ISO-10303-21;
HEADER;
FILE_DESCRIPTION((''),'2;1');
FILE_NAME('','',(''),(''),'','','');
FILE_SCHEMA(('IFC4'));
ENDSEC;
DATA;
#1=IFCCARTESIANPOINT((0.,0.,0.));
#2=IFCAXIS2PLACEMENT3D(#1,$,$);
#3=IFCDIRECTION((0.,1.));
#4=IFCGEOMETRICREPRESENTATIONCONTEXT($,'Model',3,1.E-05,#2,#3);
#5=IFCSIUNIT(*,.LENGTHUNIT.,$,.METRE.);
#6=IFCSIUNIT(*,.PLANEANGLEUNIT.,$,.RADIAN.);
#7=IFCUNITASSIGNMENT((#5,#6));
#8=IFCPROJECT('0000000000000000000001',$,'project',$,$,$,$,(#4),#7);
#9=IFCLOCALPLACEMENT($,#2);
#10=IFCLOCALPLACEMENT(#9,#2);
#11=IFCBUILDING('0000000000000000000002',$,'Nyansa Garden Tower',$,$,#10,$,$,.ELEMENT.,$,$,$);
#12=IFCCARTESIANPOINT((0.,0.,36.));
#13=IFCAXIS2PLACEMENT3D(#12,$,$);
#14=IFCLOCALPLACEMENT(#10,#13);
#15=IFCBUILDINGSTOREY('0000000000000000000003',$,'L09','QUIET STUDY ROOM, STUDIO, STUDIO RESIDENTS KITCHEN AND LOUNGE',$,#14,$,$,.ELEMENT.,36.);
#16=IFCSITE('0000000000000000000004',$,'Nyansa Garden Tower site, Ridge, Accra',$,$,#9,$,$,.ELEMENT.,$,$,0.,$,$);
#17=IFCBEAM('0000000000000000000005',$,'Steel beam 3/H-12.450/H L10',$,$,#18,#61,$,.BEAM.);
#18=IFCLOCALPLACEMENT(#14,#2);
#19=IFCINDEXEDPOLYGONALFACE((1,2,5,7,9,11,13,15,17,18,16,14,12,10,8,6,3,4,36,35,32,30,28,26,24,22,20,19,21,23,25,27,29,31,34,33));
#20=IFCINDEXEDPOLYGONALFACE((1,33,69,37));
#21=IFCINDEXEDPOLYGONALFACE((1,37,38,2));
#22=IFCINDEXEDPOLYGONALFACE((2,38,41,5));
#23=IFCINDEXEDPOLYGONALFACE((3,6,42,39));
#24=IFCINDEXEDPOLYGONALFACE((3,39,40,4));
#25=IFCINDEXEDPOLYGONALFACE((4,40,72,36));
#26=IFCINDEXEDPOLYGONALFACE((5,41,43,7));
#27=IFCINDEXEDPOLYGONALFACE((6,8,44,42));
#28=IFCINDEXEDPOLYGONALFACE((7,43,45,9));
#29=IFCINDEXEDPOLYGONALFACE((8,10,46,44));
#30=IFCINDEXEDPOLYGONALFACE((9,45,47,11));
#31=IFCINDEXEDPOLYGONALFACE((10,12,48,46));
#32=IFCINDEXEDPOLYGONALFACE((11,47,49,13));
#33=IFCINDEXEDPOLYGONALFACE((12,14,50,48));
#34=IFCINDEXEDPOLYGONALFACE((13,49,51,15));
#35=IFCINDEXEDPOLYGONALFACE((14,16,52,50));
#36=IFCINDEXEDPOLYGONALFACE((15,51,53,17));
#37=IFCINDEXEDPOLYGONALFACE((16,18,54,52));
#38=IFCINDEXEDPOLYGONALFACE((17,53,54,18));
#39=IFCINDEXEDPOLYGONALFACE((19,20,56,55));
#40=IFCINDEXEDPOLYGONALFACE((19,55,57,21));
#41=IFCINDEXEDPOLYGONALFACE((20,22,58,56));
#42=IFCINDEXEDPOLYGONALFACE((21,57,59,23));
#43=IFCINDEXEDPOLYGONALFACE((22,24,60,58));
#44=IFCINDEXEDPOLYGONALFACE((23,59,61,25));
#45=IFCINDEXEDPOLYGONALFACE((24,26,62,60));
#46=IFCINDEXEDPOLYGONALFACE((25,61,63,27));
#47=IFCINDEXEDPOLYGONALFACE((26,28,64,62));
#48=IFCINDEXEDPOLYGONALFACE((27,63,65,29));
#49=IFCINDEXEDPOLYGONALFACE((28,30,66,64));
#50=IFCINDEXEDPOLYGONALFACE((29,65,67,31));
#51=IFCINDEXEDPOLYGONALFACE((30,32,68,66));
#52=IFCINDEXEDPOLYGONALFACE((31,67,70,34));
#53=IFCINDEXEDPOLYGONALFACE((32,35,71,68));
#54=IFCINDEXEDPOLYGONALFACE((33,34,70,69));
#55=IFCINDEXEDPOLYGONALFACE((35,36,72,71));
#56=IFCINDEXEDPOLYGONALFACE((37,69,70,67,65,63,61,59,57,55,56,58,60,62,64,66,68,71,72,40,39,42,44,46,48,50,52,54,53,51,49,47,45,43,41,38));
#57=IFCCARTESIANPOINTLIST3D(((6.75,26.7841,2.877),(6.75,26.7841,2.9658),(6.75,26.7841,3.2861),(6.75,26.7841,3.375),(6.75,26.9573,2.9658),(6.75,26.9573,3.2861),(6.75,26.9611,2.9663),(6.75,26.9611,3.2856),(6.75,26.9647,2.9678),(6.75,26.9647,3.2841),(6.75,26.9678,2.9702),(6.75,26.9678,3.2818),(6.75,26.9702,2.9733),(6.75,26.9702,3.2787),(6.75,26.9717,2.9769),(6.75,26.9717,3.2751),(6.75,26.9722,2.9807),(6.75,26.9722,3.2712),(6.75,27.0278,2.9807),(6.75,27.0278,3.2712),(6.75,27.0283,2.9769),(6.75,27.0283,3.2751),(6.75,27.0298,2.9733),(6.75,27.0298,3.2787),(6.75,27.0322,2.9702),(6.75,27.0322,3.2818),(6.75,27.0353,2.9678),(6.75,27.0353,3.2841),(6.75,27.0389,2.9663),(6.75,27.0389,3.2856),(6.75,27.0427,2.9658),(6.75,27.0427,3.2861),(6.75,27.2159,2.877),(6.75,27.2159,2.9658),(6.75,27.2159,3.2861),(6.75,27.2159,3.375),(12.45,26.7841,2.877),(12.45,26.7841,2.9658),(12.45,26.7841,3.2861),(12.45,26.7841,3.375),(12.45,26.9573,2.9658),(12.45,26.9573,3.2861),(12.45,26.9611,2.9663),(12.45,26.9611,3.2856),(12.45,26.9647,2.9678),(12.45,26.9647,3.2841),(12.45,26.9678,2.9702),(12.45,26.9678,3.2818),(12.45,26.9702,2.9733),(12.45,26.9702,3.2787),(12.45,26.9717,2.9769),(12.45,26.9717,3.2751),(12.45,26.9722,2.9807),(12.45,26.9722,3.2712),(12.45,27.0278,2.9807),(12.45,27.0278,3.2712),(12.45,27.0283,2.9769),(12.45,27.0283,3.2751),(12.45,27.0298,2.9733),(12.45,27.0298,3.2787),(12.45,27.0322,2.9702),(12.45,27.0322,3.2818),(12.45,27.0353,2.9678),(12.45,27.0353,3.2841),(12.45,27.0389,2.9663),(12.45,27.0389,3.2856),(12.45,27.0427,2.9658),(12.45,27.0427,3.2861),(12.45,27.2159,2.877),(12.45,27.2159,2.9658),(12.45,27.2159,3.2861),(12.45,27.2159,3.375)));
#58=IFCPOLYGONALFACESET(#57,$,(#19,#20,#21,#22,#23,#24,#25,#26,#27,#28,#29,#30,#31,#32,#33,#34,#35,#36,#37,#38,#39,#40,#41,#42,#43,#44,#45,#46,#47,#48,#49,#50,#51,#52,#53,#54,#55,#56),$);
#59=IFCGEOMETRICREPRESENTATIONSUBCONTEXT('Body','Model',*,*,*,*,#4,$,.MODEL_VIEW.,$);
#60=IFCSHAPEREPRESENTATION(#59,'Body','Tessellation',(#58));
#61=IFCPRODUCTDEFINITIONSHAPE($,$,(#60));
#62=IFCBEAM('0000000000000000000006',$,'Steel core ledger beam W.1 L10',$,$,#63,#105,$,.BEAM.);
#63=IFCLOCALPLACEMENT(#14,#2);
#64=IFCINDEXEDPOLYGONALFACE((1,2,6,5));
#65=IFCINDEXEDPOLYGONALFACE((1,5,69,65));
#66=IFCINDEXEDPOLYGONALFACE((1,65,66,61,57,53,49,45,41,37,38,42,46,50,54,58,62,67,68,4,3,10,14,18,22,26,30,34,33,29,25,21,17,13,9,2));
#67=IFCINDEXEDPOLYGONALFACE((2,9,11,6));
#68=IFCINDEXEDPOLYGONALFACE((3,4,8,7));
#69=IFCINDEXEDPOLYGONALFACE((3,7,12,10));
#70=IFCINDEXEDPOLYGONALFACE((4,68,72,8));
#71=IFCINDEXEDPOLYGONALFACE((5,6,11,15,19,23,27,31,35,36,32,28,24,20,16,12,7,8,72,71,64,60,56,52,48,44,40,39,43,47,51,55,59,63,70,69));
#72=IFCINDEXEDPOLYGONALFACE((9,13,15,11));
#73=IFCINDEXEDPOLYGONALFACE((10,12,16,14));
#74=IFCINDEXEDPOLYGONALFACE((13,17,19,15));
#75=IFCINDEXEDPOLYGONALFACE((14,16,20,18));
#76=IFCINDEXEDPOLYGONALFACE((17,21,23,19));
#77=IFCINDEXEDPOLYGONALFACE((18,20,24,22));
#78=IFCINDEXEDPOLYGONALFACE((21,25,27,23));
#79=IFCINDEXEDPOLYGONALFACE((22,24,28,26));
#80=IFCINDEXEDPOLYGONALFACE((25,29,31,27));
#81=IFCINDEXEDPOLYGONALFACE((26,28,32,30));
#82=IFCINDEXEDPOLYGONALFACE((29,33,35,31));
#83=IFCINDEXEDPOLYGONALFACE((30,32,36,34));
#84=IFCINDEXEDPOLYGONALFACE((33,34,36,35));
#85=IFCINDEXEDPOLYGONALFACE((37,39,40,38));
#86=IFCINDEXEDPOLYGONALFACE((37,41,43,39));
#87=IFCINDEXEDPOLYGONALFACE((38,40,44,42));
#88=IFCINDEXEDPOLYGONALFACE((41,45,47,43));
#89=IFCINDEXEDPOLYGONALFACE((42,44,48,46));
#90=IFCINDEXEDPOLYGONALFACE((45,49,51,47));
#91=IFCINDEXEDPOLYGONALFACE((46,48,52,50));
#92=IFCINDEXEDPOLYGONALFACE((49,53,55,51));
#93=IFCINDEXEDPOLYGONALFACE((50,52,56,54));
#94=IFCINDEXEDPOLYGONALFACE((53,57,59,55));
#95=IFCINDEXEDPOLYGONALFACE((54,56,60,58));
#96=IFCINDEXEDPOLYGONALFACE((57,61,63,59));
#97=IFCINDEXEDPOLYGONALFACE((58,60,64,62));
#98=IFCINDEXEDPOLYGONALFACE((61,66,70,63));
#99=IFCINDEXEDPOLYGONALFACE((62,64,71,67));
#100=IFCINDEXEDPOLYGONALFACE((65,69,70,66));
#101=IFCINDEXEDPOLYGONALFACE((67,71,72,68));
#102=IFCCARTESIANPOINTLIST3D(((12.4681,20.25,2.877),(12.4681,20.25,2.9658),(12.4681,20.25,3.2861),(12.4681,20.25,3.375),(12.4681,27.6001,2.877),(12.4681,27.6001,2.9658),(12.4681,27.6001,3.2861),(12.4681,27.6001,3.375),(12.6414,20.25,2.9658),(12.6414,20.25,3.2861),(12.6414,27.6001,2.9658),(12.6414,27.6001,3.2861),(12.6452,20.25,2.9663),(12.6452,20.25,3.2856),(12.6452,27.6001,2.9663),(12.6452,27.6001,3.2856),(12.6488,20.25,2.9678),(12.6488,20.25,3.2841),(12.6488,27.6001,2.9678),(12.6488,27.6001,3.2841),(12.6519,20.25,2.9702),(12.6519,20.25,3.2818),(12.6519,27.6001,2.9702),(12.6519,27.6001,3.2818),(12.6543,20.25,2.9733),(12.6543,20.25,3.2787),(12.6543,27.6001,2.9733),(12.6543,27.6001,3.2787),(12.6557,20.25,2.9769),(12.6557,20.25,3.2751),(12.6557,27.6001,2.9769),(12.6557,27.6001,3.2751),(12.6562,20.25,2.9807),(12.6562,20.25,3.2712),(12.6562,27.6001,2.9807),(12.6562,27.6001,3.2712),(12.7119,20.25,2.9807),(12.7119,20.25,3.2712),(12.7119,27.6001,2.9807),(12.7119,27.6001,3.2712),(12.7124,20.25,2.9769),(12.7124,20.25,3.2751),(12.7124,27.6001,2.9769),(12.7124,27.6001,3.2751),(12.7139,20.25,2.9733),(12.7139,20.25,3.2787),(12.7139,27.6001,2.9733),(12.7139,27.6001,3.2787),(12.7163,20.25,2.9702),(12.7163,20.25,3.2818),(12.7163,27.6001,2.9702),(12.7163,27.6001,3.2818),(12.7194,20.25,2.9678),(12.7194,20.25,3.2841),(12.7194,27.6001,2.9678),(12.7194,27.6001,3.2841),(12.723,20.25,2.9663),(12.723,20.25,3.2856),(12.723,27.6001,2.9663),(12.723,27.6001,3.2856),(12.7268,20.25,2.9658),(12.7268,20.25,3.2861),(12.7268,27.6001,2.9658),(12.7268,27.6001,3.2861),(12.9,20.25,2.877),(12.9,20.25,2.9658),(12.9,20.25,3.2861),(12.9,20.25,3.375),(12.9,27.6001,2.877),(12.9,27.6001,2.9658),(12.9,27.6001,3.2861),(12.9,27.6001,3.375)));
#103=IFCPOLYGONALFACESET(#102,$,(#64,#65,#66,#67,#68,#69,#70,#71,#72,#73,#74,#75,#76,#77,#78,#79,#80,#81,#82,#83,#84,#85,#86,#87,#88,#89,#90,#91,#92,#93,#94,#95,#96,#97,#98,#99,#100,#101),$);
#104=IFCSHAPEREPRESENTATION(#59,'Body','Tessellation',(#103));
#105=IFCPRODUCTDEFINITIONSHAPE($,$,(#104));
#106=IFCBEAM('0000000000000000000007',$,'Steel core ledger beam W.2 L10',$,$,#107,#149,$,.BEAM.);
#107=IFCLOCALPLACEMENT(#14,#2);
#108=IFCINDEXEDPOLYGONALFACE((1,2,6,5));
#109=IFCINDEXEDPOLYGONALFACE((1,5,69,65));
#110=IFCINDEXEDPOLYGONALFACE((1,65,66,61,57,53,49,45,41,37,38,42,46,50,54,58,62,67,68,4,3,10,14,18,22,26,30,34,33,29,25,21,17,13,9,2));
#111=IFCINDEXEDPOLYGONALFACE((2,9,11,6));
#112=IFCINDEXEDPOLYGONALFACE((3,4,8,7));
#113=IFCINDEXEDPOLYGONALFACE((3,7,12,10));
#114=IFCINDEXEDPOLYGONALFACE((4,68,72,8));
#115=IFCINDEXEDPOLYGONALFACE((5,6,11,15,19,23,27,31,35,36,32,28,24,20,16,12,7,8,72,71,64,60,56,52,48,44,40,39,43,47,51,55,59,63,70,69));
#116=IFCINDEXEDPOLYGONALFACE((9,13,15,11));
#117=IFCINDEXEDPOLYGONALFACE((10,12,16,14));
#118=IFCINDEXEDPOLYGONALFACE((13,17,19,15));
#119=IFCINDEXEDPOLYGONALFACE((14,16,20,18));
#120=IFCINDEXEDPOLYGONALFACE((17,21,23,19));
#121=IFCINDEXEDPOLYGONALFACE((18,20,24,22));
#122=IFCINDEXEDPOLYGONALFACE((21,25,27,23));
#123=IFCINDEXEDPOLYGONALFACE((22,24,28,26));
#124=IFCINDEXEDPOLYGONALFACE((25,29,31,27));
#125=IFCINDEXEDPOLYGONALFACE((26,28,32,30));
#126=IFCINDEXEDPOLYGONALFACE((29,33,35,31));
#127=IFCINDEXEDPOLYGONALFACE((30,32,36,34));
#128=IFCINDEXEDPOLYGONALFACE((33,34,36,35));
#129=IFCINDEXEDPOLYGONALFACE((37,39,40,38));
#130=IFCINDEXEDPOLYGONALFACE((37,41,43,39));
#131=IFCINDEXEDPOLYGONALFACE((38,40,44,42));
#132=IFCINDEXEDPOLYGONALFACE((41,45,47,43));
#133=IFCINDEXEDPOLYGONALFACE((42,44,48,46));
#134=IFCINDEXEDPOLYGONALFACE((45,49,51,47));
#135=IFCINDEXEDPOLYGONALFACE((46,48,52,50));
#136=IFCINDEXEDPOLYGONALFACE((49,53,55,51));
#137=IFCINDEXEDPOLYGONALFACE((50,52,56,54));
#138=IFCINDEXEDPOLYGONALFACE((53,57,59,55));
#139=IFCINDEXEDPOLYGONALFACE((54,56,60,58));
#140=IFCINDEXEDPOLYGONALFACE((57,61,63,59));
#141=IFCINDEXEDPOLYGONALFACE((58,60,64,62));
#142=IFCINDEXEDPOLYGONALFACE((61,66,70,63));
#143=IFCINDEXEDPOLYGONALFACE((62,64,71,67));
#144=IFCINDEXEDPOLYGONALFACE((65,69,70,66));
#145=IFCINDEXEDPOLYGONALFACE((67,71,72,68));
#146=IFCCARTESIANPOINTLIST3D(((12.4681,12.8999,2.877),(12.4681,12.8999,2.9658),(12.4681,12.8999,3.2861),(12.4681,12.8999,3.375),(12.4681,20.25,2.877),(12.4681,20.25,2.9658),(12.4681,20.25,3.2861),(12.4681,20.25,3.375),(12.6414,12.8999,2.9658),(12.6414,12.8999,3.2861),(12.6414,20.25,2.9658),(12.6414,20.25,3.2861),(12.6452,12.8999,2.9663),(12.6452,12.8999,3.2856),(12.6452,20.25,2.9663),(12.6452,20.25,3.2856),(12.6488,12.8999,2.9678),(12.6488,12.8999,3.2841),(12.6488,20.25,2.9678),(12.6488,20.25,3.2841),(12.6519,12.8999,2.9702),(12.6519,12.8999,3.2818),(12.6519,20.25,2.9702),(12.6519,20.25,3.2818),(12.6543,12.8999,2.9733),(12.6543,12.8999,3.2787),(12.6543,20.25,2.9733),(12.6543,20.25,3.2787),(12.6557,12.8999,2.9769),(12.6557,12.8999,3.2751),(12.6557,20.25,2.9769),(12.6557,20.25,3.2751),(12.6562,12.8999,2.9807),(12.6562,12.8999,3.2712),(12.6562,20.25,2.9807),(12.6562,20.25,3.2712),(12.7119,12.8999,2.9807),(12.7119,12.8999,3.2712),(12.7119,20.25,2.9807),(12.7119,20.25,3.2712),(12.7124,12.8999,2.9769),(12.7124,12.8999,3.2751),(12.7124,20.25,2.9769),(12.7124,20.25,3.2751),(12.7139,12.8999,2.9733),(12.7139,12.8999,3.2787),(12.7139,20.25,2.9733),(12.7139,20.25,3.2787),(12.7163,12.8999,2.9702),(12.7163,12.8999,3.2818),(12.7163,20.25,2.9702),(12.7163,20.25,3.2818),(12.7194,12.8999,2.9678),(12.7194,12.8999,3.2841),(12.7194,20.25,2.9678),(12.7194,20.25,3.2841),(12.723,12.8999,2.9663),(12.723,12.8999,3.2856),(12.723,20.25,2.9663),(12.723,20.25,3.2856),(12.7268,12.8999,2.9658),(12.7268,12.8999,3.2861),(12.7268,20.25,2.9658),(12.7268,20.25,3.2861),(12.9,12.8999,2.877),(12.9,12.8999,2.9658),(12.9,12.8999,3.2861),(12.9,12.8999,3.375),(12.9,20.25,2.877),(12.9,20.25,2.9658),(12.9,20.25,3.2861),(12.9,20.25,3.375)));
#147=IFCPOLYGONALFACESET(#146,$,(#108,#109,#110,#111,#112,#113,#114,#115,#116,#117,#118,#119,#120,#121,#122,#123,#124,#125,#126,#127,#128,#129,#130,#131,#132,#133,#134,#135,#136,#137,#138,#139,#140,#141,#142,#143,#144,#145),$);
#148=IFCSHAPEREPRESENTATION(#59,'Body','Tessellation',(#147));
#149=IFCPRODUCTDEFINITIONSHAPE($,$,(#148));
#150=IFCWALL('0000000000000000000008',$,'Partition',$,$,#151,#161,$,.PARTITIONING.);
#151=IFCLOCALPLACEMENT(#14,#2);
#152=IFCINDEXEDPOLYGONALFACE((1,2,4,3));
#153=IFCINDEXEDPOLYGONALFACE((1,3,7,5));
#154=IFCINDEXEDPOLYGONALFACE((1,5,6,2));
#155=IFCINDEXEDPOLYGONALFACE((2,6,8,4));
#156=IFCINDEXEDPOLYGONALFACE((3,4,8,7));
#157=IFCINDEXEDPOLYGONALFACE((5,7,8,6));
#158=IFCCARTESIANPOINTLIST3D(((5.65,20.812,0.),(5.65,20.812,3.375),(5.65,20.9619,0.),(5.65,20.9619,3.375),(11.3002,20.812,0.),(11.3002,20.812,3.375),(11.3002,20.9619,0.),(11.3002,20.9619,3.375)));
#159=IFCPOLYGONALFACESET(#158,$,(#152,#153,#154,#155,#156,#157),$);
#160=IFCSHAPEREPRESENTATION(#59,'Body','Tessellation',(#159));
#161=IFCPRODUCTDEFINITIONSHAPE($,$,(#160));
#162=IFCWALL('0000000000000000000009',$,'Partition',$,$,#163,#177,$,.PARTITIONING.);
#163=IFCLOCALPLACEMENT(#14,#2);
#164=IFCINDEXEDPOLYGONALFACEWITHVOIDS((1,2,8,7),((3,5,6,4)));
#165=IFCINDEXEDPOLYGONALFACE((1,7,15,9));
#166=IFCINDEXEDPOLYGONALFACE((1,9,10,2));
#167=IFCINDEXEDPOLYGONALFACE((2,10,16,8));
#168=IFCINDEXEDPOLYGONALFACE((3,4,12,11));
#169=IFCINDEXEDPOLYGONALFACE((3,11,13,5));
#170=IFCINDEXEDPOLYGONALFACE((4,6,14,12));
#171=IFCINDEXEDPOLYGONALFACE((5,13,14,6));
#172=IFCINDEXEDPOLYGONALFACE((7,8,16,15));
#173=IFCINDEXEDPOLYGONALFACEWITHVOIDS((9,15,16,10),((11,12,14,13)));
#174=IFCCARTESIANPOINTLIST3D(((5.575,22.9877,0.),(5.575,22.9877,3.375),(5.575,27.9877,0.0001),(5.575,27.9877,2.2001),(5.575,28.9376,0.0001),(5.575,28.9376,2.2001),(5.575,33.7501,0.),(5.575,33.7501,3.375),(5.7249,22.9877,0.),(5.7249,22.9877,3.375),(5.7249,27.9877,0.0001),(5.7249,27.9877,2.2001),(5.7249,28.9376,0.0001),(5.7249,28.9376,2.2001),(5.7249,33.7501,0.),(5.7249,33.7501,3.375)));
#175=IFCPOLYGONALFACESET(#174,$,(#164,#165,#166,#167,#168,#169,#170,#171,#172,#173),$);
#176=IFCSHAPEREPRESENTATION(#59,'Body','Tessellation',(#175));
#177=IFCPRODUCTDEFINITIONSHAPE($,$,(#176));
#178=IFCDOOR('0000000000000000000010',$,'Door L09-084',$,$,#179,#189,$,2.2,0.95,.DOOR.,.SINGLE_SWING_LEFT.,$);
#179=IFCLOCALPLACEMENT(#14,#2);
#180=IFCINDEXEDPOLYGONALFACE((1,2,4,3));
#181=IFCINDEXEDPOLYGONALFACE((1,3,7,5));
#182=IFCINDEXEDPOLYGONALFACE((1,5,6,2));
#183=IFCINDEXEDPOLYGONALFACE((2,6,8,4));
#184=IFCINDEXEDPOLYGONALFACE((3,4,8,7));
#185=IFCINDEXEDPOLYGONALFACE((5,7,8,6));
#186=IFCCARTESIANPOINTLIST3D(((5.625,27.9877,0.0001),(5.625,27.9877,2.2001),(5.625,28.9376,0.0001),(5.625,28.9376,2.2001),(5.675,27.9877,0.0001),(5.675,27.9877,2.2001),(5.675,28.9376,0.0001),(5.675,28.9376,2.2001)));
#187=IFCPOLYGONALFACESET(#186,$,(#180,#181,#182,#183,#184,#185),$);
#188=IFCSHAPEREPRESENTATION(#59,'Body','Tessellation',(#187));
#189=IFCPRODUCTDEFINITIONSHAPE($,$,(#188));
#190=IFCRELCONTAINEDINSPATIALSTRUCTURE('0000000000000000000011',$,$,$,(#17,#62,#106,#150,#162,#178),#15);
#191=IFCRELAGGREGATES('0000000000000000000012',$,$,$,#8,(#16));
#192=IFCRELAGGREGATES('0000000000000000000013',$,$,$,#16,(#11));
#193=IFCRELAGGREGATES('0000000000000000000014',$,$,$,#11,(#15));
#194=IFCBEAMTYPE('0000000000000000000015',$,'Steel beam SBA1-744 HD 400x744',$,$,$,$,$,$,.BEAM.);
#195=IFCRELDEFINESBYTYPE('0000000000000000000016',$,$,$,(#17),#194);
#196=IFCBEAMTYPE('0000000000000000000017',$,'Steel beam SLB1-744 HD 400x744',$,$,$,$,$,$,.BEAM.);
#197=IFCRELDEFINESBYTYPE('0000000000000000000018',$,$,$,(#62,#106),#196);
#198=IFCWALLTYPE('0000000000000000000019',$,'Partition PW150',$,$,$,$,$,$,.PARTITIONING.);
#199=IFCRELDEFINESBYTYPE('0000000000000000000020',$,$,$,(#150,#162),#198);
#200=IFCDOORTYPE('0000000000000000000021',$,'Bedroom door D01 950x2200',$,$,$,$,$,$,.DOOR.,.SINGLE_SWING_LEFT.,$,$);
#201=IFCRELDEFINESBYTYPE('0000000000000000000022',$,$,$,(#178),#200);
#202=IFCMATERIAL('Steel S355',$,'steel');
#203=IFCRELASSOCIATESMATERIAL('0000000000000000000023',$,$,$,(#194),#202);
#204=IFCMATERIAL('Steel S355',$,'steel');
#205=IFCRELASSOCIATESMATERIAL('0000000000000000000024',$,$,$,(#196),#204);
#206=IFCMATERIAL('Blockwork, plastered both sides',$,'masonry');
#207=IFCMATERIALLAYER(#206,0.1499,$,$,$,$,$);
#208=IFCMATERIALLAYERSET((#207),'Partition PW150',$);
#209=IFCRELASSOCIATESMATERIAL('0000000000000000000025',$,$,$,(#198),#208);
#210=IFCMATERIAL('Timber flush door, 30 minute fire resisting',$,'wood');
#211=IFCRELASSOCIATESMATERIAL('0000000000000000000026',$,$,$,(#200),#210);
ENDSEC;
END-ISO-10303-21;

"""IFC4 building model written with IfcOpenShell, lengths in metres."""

from ifc_helpers import new_model, si_unit, direction, frame, frame_2d, origin, origin_2d, place, context, subcontext, project, spatial, rectangle, i_section, extrude, material, layer, layer_set, material_profile, profile_set, type_object, element, fill, save


model = new_model("IFC4")

# Units and contexts
model_context = context("Model", 3, precision=1e-05, world=origin(), true_north=direction((0.0, 1.0)))
body_context = subcontext(model_context, "Body", "Model", "MODEL_VIEW")
ifc_project = project(units=[si_unit("LENGTHUNIT", "METRE"), si_unit("PLANEANGLEUNIT", "RADIAN")], contexts=[model_context])

# Site, building, storey
site_placement = place(None, origin())
site = spatial("IfcSite", under=ifc_project, at=site_placement, Name="Nyansa Garden Tower site, Ridge, Accra", CompositionType="ELEMENT", RefElevation=0.0)
building_placement = place(site_placement, origin())
building = spatial("IfcBuilding", under=site, at=building_placement, Name="Nyansa Garden Tower", CompositionType="ELEMENT")
storey_placement = place(building_placement, frame((0.0, 0.0, 36.0)))
storey = spatial("IfcBuildingStorey", under=building, at=storey_placement, Name="L09", Description="QUIET STUDY ROOM, STUDIO, STUDIO RESIDENTS KITCHEN AND LOUNGE", CompositionType="ELEMENT", Elevation=36.0)

# Beams
ifc_material_1 = material(Name="Steel S355", Category="steel")
ifc_material_profile_1 = material_profile(ifc_material_1, i_section(OverallWidth=0.4319, OverallDepth=0.498, WebThickness=0.0557, FlangeThickness=0.0889, FilletRadius=0.0149, at=origin_2d()), Name="HD 400x744")
ifc_profile_set_1 = profile_set([ifc_material_profile_1], Name="Steel S355")
beam_type_1 = type_object("IfcBeamType", Name="Steel beam SBA1-744 HD 400x744", PredefinedType="BEAM", material=ifc_profile_set_1)
beam_1_placement = place(storey_placement, frame((6.75, 27.0, 3.126), z_axis=(1.0, 0.0, 0.0), x_axis=(0.0, 1.0, 0.0)))
element("IfcBeam", 1, at=beam_1_placement, inside=storey, type_object=beam_type_1, Name="Steel beam 3/H-12.450/H L10", PredefinedType="BEAM", context=body_context, shape_type="SweptSolid", body=[
    extrude(i_section(OverallWidth=0.4319, OverallDepth=0.498, WebThickness=0.0557, FlangeThickness=0.0889, FilletRadius=0.0149, at=origin_2d()), origin(), (0.0, 0.0, 1.0), 5.7),
])
ifc_material_2 = material(Name="Steel S355", Category="steel")
ifc_material_profile_2 = material_profile(ifc_material_2, i_section(OverallWidth=0.4319, OverallDepth=0.498, WebThickness=0.0557, FlangeThickness=0.0889, FilletRadius=0.0149, at=origin_2d()), Name="HD 400x744")
ifc_profile_set_2 = profile_set([ifc_material_profile_2], Name="Steel S355")
beam_type_2 = type_object("IfcBeamType", Name="Steel beam SLB1-744 HD 400x744", PredefinedType="BEAM", material=ifc_profile_set_2)
for number, where, z_axis, x_axis, name in (
    (2, (12.6841, 27.6001, 3.126), (0.0, -1.0, 0.0), (1.0, 0.0, 0.0), "Steel core ledger beam W.1 L10"),
    (3, (12.6841, 20.25, 3.126), (0.0, -1.0, 0.0), (1.0, 0.0, 0.0), "Steel core ledger beam W.2 L10"),
):
    element("IfcBeam", number, at=place(storey_placement, frame(where, z_axis=z_axis, x_axis=x_axis)), inside=storey, type_object=beam_type_2, Name=name, PredefinedType="BEAM", context=body_context, shape_type="SweptSolid", body=[
        extrude(i_section(OverallWidth=0.4319, OverallDepth=0.498, WebThickness=0.0557, FlangeThickness=0.0889, FilletRadius=0.0149, at=origin_2d()), origin(), (0.0, 0.0, 1.0), 7.3501),
    ])

# Wall
ifc_material_3 = material(Name="Blockwork, plastered both sides", Category="masonry")
ifc_layer_1 = layer(ifc_material_3, 0.1499)
ifc_layer_set_1 = layer_set([ifc_layer_1], Name="Partition PW150")
wall_type_1 = type_object("IfcWallType", Name="Partition PW150", PredefinedType="PARTITIONING", material=ifc_layer_set_1)
wall_1_placement = place(storey_placement, frame((5.6499, 20.887, 0.0), z_axis=(0.0, 0.0, 1.0), x_axis=(1.0, 0.0, 0.0)))
element("IfcWall", 4, at=wall_1_placement, inside=storey, type_object=wall_type_1, Name="Partition", PredefinedType="PARTITIONING", context=body_context, shape_type="SweptSolid", body=[
    extrude(rectangle(XDim=5.6501, YDim=0.1499, at=frame_2d((2.8252, 0.0))), origin(), (0.0, 0.0, 1.0), 3.375),
])

# Wall, opening, door
wall_2_placement = place(storey_placement, frame((5.6499, 22.9875, 0.0), z_axis=(0.0, 0.0, 1.0), x_axis=(0.0, 1.0, 0.0)))
wall_2 = element("IfcWall", 5, at=wall_2_placement, inside=storey, type_object=wall_type_1, Name="Partition", PredefinedType="PARTITIONING", context=body_context, shape_type="SweptSolid", body=[
    extrude(rectangle(XDim=10.7625, YDim=0.1499, at=frame_2d((5.3813, 0.0))), origin(), (0.0, 0.0, 1.0), 3.375),
])
opening_1_placement = place(wall_2_placement, frame((5.0, 0.0, 0.0)))
opening_1 = element("IfcOpeningElement", 6, at=opening_1_placement, cuts=wall_2, PredefinedType="OPENING", context=body_context, shape_type="SweptSolid", body=[
    extrude(rectangle(XDim=0.95, YDim=2.2, at=frame_2d((0.4751, 1.1001))), frame((0.0, 0.085, 0.0), z_axis=(0.0, -1.0, 0.0), x_axis=(1.0, 0.0, 0.0)), (0.0, 0.0, 1.0), 0.1699),
])
ifc_material_4 = material(Name="Timber flush door, 30 minute fire resisting", Category="wood")
door_type_1 = type_object("IfcDoorType", Name="Bedroom door D01 950x2200", OperationType="SINGLE_SWING_LEFT", PredefinedType="DOOR", material=ifc_material_4)
door_1_placement = place(opening_1_placement, origin())
door_1 = element("IfcDoor", 7, at=door_1_placement, inside=storey, type_object=door_type_1, Name="Door L09-084", OperationType="SINGLE_SWING_LEFT", OverallHeight=2.2, OverallWidth=0.95, PredefinedType="DOOR", context=body_context, shape_type="SweptSolid", body=[
    extrude(rectangle(XDim=0.95, YDim=2.2, at=frame_2d((0.4751, 1.1001))), frame((0.0, 0.0249, 0.0), z_axis=(0.0, -1.0, 0.0), x_axis=(1.0, 0.0, 0.0)), (0.0, 0.0, 1.0), 0.05),
])
fill(opening_1, door_1)

save(model, "model.ifc")
